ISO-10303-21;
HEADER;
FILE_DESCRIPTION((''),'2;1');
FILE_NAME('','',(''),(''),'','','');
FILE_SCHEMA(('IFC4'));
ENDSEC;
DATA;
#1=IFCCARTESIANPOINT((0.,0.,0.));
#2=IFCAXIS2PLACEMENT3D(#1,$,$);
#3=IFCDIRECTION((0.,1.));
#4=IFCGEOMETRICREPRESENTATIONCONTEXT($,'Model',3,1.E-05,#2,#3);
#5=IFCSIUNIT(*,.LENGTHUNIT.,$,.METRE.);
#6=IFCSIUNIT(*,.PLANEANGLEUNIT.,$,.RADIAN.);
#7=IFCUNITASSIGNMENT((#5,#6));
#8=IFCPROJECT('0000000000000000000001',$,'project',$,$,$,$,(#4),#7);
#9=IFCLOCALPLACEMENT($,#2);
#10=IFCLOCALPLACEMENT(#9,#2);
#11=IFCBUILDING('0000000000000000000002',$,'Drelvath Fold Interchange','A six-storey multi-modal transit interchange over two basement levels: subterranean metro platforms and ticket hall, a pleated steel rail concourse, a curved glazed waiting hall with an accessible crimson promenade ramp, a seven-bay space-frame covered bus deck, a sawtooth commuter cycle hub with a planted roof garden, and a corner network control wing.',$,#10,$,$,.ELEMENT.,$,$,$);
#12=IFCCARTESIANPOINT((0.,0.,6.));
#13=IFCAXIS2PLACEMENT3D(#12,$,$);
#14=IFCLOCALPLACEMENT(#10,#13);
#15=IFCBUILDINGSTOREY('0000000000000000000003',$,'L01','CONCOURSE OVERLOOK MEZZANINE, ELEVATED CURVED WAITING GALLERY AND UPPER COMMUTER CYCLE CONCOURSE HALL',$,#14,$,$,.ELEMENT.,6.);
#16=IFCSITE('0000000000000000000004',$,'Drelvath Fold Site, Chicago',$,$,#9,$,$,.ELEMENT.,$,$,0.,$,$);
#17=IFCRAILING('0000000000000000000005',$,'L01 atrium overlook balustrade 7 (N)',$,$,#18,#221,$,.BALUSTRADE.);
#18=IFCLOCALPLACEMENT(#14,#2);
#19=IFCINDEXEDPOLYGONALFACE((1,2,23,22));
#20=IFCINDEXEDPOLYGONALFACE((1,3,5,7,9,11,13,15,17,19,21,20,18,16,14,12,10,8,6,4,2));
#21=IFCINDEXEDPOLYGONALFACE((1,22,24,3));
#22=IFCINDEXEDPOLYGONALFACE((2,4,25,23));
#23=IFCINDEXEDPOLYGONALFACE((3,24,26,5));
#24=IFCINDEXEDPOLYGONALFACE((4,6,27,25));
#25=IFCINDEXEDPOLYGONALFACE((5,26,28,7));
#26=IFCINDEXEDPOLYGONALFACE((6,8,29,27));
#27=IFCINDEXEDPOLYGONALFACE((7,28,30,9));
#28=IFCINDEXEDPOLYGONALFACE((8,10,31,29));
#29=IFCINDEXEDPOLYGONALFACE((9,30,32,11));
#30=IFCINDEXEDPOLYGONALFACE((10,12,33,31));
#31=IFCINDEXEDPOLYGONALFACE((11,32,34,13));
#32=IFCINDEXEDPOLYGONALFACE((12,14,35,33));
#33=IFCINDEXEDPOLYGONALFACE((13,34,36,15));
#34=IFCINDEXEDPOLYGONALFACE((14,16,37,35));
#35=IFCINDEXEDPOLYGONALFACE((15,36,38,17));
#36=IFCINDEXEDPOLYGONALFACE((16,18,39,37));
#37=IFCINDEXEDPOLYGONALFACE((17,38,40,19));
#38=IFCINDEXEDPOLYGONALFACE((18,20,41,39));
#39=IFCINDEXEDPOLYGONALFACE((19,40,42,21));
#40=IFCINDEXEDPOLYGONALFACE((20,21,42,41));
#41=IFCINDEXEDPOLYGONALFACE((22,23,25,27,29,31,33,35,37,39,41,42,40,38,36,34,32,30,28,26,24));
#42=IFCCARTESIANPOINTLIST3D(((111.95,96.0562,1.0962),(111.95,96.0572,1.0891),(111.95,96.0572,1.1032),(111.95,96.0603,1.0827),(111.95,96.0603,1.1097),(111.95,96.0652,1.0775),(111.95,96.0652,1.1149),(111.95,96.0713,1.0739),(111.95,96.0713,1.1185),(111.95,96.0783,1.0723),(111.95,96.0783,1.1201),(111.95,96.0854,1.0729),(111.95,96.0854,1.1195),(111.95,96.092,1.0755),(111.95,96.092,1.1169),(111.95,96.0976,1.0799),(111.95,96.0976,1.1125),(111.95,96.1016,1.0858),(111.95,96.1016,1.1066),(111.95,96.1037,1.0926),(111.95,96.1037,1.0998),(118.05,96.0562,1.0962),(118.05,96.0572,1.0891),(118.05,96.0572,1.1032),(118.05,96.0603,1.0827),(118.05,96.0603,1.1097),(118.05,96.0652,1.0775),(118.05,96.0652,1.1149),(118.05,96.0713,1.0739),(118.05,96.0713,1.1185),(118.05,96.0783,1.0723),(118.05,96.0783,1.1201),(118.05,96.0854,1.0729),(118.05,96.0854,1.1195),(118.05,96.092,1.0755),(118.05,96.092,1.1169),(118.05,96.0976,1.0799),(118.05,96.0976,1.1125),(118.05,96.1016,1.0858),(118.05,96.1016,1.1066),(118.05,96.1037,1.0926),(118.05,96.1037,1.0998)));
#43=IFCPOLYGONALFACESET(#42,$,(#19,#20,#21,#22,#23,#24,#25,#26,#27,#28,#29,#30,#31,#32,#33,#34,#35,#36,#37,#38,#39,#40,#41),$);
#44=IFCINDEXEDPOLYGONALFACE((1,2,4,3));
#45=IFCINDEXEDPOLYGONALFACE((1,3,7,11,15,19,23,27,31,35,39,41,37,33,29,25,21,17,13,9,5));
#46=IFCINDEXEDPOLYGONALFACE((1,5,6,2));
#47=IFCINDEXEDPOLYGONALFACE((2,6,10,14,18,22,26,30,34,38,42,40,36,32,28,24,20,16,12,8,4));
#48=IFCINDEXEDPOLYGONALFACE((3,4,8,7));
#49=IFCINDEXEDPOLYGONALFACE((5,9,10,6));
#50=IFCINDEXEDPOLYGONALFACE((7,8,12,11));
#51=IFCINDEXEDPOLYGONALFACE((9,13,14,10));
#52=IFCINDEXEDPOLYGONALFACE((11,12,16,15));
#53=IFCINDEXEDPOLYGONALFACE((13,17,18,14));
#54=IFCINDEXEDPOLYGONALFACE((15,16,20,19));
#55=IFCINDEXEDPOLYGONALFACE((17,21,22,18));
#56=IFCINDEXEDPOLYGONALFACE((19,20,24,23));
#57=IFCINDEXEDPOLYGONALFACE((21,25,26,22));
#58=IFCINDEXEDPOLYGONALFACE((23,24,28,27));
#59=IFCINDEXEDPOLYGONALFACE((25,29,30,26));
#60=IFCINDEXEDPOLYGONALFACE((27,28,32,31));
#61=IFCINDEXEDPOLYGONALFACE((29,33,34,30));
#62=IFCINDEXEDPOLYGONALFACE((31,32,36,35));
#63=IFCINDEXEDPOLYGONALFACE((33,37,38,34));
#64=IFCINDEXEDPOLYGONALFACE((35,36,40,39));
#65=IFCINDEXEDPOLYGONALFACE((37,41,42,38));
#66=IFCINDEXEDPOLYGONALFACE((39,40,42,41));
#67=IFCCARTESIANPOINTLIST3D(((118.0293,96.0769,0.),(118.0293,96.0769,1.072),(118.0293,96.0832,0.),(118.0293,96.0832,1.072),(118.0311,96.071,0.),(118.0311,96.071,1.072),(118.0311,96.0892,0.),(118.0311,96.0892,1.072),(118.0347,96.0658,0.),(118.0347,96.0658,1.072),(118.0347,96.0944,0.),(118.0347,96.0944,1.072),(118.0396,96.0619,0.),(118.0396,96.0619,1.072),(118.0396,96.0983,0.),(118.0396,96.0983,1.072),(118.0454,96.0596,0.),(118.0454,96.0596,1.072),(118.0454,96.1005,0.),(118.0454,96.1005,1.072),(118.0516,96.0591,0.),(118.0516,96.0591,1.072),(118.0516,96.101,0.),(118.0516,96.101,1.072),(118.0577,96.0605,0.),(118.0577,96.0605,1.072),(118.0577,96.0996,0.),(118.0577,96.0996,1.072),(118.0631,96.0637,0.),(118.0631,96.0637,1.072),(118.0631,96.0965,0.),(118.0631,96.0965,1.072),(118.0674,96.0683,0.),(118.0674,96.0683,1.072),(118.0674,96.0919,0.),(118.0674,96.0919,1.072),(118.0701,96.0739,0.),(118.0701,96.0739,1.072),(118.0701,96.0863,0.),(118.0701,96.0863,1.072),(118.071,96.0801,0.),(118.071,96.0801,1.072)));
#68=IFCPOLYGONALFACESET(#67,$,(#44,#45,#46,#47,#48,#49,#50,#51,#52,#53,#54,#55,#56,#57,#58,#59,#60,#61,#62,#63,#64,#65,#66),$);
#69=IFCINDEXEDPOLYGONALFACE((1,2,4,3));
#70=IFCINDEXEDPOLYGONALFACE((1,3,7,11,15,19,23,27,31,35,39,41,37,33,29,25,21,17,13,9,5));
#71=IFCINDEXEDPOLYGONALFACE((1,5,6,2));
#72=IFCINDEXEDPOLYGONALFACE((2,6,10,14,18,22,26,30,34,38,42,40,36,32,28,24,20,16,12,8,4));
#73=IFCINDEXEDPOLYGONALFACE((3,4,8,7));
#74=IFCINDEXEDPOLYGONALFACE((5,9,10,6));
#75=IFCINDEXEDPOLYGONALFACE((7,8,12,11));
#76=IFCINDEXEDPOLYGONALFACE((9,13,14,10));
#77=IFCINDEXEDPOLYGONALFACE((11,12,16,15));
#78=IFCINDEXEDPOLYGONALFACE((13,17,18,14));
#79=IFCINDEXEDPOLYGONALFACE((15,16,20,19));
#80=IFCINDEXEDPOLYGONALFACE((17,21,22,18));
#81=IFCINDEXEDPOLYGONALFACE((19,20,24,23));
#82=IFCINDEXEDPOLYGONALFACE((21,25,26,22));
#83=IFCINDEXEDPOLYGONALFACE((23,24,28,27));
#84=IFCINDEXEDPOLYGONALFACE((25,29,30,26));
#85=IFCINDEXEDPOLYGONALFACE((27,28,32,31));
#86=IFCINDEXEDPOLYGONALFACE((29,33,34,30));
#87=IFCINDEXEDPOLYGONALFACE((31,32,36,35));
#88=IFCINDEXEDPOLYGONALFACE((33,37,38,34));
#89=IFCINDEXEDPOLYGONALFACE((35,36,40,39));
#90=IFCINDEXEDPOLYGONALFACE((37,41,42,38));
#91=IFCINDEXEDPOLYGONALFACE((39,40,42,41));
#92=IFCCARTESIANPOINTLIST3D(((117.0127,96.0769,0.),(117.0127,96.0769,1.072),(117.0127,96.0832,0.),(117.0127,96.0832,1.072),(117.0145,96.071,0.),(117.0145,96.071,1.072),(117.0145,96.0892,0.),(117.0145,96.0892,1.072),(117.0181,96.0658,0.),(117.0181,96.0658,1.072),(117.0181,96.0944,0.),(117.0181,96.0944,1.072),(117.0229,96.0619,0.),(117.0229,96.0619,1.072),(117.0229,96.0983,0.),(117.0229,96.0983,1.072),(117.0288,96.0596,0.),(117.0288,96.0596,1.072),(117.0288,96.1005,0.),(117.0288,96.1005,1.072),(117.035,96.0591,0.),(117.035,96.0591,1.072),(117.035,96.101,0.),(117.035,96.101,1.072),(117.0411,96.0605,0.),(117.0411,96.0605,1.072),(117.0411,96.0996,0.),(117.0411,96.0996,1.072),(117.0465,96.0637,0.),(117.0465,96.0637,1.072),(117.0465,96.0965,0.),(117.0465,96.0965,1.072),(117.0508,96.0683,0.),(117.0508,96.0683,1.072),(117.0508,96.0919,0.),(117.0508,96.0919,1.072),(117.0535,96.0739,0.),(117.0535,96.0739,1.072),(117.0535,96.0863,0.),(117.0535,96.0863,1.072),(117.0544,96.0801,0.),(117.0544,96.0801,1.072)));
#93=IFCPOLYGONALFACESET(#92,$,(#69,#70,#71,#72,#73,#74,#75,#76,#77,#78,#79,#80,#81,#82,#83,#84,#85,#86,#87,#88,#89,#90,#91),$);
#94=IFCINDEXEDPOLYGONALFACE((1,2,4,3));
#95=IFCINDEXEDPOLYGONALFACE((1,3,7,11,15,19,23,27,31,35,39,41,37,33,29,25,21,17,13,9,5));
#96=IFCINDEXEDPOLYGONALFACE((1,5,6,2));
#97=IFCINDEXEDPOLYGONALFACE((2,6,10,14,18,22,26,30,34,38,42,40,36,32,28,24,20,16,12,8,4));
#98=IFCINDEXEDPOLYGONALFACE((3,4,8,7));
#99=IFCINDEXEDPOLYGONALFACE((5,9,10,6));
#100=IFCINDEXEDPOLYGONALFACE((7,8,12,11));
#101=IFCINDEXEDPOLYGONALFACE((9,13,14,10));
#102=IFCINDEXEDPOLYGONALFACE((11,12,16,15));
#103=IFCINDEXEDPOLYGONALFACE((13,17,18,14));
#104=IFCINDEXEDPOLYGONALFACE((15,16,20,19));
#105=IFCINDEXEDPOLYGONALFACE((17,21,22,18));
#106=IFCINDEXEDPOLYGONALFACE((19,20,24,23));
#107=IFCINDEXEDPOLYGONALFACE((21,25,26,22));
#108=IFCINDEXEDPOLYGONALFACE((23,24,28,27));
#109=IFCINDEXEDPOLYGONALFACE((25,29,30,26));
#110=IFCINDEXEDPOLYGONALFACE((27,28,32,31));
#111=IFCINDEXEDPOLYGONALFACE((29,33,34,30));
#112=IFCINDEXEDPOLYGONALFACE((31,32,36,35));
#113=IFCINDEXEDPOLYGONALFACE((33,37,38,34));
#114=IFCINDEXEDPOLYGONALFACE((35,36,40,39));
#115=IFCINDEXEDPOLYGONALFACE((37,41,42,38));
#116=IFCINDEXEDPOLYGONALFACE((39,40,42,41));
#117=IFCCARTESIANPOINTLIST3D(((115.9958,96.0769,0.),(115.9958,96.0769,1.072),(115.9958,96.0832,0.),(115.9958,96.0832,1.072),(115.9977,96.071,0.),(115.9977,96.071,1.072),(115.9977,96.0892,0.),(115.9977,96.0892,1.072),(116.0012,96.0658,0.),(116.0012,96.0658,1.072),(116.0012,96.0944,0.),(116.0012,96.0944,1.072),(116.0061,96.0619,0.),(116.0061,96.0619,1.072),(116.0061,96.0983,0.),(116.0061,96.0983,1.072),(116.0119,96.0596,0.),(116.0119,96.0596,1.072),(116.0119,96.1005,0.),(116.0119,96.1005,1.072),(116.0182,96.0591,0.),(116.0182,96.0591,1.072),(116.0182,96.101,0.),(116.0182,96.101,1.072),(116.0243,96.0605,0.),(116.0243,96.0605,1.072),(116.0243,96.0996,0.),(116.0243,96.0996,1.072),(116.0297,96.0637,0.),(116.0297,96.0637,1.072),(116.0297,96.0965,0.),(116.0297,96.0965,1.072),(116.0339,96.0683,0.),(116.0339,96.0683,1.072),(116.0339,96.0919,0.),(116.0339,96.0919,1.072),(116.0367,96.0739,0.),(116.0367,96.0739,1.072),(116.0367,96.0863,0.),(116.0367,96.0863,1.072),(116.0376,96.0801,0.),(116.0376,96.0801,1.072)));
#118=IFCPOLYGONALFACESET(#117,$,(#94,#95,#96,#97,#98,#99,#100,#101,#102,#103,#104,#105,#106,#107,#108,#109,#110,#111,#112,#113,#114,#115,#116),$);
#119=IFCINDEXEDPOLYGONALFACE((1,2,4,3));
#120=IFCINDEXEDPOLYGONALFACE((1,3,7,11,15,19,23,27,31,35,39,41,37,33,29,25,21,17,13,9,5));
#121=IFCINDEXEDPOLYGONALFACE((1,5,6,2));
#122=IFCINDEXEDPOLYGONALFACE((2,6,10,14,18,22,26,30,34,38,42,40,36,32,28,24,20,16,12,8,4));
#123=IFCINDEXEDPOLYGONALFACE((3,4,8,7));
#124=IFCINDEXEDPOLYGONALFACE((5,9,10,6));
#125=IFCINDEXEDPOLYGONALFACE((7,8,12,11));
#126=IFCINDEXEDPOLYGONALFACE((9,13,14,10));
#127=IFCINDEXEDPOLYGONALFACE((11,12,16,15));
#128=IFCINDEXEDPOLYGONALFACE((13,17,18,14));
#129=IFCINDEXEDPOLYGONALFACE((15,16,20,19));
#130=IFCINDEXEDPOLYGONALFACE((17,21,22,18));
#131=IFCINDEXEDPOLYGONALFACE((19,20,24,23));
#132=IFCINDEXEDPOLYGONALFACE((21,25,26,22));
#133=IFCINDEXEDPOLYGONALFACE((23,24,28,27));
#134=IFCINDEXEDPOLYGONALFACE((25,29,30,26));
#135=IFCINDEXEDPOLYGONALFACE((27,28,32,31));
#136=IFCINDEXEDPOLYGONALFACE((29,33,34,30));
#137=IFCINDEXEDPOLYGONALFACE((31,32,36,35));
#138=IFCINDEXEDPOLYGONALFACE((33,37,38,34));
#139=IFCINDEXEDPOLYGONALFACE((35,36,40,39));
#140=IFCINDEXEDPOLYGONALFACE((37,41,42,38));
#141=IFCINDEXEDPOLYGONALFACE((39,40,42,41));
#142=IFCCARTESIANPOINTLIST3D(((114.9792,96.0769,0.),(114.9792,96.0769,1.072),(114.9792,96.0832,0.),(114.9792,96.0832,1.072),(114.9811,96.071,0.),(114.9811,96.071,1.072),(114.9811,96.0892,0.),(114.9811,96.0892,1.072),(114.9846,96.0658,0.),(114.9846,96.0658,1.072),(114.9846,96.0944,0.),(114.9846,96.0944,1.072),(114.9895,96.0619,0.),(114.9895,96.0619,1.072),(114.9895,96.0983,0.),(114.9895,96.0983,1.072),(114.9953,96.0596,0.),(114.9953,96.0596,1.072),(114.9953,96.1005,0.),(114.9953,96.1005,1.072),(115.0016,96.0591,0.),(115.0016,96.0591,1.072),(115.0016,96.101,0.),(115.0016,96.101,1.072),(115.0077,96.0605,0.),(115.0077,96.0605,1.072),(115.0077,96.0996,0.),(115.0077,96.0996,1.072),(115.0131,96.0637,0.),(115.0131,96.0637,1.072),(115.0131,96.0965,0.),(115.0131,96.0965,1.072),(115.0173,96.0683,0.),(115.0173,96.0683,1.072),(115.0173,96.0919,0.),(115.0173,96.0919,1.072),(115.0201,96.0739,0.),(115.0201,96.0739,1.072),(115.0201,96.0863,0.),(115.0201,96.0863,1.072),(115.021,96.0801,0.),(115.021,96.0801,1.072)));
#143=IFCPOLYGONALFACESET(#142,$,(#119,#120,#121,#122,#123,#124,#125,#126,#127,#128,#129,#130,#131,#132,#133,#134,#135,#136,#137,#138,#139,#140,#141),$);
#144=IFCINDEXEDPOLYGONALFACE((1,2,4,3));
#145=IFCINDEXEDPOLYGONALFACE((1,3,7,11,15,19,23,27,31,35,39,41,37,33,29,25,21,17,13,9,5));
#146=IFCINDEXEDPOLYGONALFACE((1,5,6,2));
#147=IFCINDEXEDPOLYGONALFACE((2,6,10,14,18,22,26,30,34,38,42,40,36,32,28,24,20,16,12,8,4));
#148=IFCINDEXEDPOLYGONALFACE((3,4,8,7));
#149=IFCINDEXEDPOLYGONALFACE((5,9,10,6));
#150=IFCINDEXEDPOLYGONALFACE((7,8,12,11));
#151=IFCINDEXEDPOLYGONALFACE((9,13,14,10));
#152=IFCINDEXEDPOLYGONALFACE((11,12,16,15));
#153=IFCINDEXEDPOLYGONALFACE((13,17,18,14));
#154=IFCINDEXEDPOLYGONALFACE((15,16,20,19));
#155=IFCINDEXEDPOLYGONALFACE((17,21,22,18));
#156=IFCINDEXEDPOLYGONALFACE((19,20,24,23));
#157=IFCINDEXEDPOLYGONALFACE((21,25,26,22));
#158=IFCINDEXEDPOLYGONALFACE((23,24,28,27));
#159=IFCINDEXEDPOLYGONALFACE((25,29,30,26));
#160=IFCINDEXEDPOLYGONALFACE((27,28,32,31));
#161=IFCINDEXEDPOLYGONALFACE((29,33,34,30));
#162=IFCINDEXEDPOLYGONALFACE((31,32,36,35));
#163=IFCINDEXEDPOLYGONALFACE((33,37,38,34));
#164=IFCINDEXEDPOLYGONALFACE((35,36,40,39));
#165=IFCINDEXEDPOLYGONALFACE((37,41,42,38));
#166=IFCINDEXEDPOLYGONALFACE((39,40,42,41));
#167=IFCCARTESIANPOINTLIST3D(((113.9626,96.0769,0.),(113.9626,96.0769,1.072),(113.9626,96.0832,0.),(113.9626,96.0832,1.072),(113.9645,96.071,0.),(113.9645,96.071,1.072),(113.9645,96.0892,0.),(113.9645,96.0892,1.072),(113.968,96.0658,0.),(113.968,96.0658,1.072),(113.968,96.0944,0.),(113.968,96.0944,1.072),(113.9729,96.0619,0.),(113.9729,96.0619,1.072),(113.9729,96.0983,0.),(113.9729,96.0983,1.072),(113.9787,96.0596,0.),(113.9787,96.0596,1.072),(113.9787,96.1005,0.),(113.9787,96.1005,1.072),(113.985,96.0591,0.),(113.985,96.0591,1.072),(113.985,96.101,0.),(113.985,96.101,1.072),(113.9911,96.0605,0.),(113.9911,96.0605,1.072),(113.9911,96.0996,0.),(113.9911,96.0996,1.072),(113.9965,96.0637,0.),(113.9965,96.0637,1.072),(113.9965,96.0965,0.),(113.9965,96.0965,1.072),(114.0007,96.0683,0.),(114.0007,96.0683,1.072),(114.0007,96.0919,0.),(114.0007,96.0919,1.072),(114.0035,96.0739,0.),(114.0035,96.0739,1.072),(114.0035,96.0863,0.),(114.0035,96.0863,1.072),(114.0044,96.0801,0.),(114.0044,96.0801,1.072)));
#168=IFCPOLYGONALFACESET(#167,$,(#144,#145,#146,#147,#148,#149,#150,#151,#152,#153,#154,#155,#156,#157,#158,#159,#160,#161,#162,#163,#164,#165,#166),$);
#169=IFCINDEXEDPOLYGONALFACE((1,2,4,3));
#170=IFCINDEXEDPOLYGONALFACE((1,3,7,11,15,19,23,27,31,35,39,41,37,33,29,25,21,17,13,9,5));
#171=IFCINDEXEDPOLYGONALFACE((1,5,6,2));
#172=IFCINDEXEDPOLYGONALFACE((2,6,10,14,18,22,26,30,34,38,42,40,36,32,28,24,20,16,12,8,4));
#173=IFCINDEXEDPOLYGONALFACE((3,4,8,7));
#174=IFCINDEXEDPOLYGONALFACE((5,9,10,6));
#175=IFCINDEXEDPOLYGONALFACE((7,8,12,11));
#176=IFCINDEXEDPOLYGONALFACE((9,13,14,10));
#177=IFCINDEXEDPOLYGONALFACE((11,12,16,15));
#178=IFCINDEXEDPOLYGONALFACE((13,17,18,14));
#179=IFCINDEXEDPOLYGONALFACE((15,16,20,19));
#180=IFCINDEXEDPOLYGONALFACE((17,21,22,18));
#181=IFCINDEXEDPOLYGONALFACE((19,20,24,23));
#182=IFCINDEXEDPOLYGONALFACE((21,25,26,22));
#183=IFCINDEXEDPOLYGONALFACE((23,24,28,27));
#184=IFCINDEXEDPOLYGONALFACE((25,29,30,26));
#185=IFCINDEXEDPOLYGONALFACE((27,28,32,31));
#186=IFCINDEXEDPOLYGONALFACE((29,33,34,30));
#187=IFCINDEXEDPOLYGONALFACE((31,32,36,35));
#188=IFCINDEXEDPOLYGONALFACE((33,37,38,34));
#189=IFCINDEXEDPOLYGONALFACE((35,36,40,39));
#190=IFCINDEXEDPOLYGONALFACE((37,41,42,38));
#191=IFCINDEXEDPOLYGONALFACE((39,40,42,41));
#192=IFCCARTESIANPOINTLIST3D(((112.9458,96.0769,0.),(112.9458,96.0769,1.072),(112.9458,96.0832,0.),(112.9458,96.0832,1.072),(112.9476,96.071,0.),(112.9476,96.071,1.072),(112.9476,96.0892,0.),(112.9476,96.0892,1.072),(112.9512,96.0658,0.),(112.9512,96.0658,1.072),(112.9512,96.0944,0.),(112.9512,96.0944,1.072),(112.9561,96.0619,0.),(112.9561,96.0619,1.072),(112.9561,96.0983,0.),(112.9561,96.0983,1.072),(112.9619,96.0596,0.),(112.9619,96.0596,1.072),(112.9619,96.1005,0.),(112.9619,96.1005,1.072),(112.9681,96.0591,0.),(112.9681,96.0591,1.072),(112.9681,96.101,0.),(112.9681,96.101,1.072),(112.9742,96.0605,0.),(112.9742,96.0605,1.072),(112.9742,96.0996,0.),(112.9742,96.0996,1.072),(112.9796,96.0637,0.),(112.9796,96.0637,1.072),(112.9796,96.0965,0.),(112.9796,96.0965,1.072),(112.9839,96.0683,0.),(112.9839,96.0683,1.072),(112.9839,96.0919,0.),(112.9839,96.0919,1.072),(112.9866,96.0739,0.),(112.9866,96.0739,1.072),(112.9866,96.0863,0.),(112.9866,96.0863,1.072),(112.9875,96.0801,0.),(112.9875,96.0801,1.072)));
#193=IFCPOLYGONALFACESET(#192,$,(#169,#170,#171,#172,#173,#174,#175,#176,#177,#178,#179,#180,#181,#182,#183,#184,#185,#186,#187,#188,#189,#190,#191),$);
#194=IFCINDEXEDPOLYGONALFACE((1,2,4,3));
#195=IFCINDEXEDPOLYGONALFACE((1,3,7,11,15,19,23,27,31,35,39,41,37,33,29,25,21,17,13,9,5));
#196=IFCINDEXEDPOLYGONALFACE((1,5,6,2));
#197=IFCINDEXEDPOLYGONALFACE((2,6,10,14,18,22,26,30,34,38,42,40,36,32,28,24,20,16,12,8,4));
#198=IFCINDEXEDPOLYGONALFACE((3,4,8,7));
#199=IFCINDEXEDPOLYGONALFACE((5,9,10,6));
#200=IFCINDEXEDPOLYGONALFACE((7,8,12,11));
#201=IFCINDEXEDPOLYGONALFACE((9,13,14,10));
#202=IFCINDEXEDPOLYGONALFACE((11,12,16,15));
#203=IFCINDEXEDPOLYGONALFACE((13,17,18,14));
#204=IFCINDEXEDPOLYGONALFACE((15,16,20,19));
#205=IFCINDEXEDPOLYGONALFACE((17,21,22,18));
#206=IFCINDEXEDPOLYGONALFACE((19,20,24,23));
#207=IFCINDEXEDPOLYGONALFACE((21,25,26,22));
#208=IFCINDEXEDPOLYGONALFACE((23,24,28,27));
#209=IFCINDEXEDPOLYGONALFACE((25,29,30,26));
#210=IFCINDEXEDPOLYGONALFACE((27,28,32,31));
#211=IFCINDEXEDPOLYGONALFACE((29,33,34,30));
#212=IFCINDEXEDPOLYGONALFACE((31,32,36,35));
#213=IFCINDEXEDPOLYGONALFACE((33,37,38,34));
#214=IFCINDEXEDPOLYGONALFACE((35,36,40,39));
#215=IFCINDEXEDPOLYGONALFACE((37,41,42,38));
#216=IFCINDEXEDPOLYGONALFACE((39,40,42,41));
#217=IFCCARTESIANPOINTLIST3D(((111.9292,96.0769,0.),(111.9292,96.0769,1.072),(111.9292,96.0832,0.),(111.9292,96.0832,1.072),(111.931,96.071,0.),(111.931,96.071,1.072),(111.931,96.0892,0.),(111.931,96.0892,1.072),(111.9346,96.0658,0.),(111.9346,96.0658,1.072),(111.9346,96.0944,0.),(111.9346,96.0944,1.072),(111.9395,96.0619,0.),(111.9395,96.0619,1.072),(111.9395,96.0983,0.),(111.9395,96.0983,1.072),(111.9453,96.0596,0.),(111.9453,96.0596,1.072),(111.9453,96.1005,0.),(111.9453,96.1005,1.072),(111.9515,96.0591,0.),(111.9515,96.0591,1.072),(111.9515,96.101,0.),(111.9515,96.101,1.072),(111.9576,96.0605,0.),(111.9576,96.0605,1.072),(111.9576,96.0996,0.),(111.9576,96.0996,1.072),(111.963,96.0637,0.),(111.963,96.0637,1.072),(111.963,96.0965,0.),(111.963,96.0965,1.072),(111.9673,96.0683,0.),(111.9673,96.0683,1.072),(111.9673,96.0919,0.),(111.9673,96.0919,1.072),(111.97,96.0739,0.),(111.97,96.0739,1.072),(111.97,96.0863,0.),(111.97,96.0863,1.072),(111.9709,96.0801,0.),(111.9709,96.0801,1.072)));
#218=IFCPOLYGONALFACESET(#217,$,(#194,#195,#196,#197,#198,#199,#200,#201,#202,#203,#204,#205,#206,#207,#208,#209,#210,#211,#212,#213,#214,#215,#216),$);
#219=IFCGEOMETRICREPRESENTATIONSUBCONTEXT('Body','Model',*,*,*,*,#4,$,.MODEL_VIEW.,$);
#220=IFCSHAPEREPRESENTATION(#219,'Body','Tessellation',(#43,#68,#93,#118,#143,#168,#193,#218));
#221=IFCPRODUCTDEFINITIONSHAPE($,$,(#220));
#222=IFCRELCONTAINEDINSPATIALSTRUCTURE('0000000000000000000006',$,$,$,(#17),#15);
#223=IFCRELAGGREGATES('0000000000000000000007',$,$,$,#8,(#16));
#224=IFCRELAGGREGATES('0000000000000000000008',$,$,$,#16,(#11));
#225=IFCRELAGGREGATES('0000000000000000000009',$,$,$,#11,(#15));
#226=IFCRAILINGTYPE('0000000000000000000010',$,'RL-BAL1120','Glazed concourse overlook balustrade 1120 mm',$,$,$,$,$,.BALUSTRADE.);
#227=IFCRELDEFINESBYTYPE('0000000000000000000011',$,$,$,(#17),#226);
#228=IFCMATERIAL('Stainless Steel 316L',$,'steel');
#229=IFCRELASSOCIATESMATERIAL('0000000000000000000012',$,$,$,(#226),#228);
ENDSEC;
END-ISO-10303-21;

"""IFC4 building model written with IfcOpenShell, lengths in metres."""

from ifc_helpers import new_model, si_unit, direction, frame, origin, origin_2d, place, context, subcontext, project, spatial, circle, extrude, material, type_object, element, save


model = new_model("IFC4")

# Units and contexts
model_context = context("Model", 3, precision=1e-05, world=origin(), true_north=direction((0.0, 1.0)))
body_context = subcontext(model_context, "Body", "Model", "MODEL_VIEW")
ifc_project = project(units=[si_unit("LENGTHUNIT", "METRE"), si_unit("PLANEANGLEUNIT", "RADIAN")], contexts=[model_context])

# Site, building, storey
site_placement = place(None, origin())
site = spatial("IfcSite", under=ifc_project, at=site_placement, Name="Drelvath Fold Site, Chicago", CompositionType="ELEMENT", RefElevation=0.0)
building_placement = place(site_placement, origin())
building = spatial("IfcBuilding", under=site, at=building_placement, Name="Drelvath Fold Interchange", Description="A six-storey multi-modal transit interchange over two basement levels: subterranean metro platforms and ticket hall, a pleated steel rail concourse, a curved glazed waiting hall with an accessible crimson promenade ramp, a seven-bay space-frame covered bus deck, a sawtooth commuter cycle hub with a planted roof garden, and a corner network control wing.", CompositionType="ELEMENT")
storey_placement = place(building_placement, frame((0.0, 0.0, 6.0)))
storey = spatial("IfcBuildingStorey", under=building, at=storey_placement, Name="L01", Description="CONCOURSE OVERLOOK MEZZANINE, ELEVATED CURVED WAITING GALLERY AND UPPER COMMUTER CYCLE CONCOURSE HALL", CompositionType="ELEMENT", Elevation=6.0)

# Railing
ifc_material_1 = material(Name="Stainless Steel 316L", Category="steel")
railing_type_1 = type_object("IfcRailingType", Name="RL-BAL1120", Description="Glazed concourse overlook balustrade 1120 mm", PredefinedType="BALUSTRADE", material=ifc_material_1)
railing_1_placement = place(storey_placement, frame((118.05, 96.0801, 0.0)))
element("IfcRailing", 1, at=railing_1_placement, inside=storey, type_object=railing_type_1, Name="L01 atrium overlook balustrade 7 (N)", PredefinedType="BALUSTRADE", context=body_context, shape_type="SweptSolid", body=[
    extrude(circle(Radius=0.0239, at=origin_2d()), frame((0.0, 0.0, 1.0962), z_axis=(-1.0, 0.0, 0.0), x_axis=(0.0, -1.0, 0.0)), (0.0, 0.0, 1.0), 6.1001),
    extrude(circle(Radius=0.021, at=origin_2d()), origin(), (0.0, 0.0, 1.0), 1.072),
    extrude(circle(Radius=0.021, at=origin_2d()), frame((-1.0166, 0.0, 0.0)), (0.0, 0.0, 1.0), 1.072),
    extrude(circle(Radius=0.021, at=origin_2d()), frame((-2.0334, 0.0, 0.0)), (0.0, 0.0, 1.0), 1.072),
    extrude(circle(Radius=0.021, at=origin_2d()), frame((-3.05, 0.0, 0.0)), (0.0, 0.0, 1.0), 1.072),
    extrude(circle(Radius=0.021, at=origin_2d()), frame((-4.0667, 0.0, 0.0)), (0.0, 0.0, 1.0), 1.072),
    extrude(circle(Radius=0.021, at=origin_2d()), frame((-5.0835, 0.0, 0.0)), (0.0, 0.0, 1.0), 1.072),
    extrude(circle(Radius=0.021, at=origin_2d()), frame((-6.1001, 0.0, 0.0)), (0.0, 0.0, 1.0), 1.072),
])

save(model, "model.ifc")
